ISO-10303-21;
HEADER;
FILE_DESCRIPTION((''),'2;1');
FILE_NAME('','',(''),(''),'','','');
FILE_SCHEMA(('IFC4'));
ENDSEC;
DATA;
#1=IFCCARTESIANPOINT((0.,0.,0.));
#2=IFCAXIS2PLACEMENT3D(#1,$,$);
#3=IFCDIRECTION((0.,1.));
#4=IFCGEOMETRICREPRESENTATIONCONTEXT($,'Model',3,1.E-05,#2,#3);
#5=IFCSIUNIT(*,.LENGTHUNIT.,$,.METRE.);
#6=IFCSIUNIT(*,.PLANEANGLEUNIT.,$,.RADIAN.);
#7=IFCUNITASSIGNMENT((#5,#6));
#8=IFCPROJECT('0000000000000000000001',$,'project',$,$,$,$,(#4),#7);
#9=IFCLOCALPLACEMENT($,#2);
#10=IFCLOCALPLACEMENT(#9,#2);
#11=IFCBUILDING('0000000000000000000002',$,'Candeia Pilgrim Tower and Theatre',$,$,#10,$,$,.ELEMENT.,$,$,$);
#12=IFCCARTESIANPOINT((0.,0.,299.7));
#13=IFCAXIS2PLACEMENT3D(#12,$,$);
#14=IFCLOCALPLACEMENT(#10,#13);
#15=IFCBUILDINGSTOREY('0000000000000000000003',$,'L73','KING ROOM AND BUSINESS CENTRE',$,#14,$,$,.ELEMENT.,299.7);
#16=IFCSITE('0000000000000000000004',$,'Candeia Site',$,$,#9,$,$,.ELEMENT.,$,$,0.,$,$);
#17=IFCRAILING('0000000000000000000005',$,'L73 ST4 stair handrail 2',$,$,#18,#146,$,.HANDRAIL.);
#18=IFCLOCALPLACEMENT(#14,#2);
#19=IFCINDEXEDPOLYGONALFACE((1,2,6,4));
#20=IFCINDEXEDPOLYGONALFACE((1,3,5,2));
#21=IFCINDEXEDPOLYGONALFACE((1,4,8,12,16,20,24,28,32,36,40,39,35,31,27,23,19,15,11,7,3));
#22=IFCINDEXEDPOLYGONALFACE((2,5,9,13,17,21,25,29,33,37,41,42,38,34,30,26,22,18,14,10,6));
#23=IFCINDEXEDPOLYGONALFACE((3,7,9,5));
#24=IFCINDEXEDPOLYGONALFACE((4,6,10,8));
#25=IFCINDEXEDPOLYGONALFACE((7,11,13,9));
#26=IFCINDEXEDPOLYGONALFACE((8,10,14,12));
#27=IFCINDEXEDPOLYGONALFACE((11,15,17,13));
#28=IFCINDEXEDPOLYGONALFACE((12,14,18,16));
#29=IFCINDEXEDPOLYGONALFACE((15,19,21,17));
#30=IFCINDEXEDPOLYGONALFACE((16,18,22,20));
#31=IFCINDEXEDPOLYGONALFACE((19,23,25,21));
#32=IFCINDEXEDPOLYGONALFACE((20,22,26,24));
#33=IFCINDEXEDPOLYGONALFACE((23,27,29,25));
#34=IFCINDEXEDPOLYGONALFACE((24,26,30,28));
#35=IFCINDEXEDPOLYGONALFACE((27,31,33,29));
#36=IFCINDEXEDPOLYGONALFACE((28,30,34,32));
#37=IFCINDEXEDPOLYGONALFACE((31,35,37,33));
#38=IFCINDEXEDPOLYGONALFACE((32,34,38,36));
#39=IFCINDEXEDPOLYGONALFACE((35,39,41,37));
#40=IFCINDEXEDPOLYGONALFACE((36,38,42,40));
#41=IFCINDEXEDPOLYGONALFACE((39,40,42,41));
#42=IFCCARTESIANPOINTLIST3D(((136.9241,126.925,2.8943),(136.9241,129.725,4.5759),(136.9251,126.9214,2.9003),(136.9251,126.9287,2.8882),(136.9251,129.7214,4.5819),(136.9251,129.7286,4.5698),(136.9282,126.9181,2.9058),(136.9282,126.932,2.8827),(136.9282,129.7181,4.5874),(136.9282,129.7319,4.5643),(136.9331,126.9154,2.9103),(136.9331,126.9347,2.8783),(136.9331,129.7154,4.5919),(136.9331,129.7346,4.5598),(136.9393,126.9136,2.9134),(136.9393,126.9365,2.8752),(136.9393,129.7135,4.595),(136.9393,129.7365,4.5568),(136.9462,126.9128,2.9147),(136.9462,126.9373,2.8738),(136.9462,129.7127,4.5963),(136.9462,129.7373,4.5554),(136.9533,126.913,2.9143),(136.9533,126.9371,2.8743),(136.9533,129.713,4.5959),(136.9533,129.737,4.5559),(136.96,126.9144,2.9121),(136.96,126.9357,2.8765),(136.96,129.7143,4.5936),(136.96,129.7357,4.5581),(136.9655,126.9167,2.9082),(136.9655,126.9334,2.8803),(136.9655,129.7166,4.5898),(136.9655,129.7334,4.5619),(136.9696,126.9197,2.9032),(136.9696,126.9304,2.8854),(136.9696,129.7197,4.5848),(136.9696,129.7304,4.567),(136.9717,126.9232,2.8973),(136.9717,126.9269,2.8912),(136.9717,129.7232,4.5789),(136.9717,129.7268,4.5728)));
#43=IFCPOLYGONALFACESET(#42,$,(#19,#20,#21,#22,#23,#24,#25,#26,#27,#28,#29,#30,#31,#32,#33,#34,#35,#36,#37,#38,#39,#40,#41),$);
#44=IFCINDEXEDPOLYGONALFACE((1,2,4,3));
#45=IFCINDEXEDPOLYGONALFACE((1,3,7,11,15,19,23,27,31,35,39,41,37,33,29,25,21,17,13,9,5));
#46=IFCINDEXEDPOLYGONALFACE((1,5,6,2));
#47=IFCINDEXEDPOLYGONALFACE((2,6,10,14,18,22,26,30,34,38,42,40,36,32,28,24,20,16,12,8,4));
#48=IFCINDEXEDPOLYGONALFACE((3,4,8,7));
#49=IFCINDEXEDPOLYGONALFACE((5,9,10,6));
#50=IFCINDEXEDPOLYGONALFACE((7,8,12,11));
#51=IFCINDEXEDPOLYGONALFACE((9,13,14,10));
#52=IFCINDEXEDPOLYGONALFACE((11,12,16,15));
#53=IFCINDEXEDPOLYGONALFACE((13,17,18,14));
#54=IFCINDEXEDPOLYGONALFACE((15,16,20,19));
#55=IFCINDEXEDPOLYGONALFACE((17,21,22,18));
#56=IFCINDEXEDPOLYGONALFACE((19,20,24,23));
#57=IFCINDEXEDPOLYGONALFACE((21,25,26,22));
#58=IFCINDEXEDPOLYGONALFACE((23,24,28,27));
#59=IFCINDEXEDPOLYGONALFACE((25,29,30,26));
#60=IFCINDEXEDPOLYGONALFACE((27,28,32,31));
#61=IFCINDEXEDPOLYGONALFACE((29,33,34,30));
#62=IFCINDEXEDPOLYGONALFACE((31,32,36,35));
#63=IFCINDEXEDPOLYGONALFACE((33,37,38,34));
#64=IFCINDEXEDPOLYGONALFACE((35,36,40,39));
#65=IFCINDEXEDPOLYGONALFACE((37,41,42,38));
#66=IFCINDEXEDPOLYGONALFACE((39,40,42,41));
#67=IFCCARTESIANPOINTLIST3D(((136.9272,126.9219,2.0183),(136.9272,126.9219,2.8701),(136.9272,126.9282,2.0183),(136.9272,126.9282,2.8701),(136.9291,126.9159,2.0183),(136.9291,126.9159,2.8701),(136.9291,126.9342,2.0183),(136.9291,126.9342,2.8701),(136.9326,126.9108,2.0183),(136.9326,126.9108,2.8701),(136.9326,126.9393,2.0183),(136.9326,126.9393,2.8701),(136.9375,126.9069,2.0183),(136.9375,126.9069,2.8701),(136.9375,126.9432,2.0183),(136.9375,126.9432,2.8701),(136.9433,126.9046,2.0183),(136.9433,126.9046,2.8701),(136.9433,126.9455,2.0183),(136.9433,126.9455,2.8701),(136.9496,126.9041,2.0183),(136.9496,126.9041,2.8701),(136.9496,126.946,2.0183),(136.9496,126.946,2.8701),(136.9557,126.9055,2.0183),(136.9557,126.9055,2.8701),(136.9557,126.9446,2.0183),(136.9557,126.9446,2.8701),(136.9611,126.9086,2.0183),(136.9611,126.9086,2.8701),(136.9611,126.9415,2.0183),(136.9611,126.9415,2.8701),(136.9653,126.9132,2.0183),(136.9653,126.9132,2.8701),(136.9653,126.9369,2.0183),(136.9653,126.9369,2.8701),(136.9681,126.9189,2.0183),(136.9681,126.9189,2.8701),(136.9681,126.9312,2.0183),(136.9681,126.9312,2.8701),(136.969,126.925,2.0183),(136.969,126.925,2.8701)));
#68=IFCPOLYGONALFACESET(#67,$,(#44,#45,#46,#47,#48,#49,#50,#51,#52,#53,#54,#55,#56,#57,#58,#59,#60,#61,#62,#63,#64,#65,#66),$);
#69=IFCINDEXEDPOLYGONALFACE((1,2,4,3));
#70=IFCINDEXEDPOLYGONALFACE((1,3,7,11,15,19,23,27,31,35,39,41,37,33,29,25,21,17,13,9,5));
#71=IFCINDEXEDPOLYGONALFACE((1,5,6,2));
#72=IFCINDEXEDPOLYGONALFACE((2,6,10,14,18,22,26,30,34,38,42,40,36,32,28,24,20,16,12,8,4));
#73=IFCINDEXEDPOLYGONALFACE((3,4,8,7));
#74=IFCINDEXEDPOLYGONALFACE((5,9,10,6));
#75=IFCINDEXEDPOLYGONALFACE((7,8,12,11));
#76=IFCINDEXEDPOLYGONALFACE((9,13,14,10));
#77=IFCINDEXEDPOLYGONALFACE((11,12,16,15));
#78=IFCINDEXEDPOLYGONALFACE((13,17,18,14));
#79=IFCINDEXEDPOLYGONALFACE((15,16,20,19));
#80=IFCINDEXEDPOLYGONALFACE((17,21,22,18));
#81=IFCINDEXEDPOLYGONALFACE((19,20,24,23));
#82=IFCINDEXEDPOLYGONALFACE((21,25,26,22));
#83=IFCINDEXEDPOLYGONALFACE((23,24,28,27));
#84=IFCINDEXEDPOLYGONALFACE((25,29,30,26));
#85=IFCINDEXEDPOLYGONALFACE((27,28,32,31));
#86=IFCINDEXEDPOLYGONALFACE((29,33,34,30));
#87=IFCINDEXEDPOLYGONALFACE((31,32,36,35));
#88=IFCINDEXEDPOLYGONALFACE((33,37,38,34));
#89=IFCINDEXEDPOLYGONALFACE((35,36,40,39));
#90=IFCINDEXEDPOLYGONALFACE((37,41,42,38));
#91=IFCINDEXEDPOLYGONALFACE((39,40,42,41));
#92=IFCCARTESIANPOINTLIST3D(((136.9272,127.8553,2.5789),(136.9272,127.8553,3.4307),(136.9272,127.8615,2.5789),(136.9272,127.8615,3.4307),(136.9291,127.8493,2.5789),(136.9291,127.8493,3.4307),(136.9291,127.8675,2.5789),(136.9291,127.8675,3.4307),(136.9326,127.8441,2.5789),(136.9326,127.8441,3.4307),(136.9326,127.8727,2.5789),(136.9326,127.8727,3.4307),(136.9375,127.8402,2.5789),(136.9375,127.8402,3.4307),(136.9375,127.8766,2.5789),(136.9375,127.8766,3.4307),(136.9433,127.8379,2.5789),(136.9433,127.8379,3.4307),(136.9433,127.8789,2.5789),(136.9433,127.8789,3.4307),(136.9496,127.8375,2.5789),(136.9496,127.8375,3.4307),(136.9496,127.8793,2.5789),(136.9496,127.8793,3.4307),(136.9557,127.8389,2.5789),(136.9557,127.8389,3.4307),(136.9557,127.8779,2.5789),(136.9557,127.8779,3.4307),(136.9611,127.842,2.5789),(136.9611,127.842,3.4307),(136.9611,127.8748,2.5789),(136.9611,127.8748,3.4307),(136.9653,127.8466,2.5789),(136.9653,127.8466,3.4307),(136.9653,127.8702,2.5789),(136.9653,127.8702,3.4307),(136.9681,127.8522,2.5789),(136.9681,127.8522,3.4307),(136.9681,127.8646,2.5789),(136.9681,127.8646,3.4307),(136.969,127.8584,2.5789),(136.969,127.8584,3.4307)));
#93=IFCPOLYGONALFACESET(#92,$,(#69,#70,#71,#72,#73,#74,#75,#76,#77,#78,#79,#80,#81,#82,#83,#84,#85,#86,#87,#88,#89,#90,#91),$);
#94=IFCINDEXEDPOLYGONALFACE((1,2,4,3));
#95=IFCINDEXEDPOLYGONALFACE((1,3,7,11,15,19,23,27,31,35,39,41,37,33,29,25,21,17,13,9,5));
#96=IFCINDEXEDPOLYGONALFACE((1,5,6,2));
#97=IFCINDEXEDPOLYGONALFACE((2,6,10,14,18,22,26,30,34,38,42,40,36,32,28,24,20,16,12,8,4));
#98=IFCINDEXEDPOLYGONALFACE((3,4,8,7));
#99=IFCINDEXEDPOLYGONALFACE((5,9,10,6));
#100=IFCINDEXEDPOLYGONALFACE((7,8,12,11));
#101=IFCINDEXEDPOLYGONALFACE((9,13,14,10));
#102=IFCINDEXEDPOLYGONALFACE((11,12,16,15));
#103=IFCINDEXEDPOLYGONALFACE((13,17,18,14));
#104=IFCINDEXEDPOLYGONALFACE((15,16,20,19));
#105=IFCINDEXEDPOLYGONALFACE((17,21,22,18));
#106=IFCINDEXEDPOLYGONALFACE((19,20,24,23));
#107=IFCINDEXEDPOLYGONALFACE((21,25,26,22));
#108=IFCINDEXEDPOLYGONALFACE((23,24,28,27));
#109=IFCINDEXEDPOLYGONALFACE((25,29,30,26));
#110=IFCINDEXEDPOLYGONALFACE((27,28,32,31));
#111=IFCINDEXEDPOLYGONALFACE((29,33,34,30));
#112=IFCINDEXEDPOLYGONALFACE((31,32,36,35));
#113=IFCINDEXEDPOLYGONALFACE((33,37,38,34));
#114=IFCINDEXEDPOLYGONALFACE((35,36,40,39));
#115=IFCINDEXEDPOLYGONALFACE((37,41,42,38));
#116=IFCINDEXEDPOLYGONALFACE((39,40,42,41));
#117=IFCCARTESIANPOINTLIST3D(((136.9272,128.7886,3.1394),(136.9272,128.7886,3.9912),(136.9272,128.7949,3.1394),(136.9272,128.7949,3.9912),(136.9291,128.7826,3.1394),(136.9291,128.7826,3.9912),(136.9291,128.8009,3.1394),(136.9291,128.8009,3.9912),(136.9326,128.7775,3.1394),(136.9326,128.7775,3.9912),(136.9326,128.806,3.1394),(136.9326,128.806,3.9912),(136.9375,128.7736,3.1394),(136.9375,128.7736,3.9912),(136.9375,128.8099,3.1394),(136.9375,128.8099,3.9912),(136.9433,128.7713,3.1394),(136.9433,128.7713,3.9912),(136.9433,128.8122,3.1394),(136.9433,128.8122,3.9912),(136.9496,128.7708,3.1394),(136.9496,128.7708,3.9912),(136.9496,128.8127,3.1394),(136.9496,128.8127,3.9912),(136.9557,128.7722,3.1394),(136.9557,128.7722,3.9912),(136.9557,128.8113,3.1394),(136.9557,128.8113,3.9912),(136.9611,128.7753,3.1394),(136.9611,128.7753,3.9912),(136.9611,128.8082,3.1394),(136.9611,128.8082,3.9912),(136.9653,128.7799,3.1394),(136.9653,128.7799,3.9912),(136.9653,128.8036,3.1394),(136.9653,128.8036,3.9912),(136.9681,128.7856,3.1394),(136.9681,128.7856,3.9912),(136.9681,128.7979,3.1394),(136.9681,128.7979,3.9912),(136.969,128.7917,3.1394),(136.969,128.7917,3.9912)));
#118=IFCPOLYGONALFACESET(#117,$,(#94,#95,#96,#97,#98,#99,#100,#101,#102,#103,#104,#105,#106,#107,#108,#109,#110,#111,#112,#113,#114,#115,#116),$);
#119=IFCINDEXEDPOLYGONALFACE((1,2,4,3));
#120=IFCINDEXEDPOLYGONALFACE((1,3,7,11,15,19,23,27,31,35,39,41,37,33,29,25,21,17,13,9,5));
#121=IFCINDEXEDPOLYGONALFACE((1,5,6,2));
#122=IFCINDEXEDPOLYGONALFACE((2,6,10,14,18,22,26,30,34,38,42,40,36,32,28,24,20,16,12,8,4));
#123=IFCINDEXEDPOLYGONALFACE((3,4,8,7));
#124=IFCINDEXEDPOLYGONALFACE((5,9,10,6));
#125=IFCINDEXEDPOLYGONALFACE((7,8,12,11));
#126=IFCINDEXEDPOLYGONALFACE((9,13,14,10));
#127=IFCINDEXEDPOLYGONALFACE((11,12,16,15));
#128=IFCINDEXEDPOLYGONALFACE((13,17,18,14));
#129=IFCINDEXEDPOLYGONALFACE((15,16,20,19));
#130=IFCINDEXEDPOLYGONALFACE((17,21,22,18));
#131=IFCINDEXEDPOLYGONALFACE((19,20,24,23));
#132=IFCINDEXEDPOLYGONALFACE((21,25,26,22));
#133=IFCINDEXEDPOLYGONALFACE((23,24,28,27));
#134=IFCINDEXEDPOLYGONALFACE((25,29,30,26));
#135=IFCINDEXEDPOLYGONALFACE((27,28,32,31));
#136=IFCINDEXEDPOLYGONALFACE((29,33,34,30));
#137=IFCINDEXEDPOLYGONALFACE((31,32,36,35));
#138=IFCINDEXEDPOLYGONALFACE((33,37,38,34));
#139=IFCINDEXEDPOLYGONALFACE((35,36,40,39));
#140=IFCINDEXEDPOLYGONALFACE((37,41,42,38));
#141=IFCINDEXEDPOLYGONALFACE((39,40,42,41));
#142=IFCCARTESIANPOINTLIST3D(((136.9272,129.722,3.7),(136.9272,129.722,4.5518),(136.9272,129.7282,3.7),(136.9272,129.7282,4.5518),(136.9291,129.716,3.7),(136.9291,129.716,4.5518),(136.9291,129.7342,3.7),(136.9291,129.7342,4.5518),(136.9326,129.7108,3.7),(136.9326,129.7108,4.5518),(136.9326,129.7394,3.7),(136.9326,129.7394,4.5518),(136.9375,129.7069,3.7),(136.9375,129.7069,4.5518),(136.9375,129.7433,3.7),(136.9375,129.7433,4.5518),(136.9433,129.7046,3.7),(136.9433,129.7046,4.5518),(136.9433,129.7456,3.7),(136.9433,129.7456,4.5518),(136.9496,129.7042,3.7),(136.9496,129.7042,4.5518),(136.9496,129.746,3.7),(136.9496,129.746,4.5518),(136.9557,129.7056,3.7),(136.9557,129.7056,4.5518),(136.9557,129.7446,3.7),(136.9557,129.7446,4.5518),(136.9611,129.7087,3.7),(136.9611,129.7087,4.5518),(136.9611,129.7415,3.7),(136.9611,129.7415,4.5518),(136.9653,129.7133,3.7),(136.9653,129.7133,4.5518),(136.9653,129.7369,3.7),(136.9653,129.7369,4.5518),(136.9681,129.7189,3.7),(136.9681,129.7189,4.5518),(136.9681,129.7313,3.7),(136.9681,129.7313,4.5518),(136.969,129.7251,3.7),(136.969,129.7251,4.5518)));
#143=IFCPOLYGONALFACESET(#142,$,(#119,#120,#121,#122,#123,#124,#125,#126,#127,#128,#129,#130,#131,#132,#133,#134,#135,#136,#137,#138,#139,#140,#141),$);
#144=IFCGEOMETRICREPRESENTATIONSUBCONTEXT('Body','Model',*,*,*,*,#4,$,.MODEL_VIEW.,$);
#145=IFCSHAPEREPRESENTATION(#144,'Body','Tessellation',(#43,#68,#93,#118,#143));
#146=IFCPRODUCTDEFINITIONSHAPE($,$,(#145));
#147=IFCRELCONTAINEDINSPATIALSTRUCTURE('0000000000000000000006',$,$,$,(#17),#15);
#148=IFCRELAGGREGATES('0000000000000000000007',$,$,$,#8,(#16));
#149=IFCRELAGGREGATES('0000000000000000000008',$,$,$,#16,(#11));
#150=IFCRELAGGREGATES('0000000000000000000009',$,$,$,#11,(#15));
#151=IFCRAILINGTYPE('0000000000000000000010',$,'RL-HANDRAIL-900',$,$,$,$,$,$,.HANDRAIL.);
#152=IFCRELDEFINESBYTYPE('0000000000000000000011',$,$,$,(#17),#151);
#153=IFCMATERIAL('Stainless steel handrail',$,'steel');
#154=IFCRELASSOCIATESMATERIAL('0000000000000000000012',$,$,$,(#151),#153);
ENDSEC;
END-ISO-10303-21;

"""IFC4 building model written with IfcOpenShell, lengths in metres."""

from ifc_helpers import new_model, si_unit, direction, frame, origin, origin_2d, place, context, subcontext, project, spatial, circle, extrude, material, type_object, element, save


model = new_model("IFC4")

# Units and contexts
model_context = context("Model", 3, precision=1e-05, world=origin(), true_north=direction((0.0, 1.0)))
body_context = subcontext(model_context, "Body", "Model", "MODEL_VIEW")
ifc_project = project(units=[si_unit("LENGTHUNIT", "METRE"), si_unit("PLANEANGLEUNIT", "RADIAN")], contexts=[model_context])

# Site, building, storey
site_placement = place(None, origin())
site = spatial("IfcSite", under=ifc_project, at=site_placement, Name="Candeia Site", CompositionType="ELEMENT", RefElevation=0.0)
building_placement = place(site_placement, origin())
building = spatial("IfcBuilding", under=site, at=building_placement, Name="Candeia Pilgrim Tower and Theatre", CompositionType="ELEMENT")
storey_placement = place(building_placement, frame((0.0, 0.0, 299.7)))
storey = spatial("IfcBuildingStorey", under=building, at=storey_placement, Name="L73", Description="KING ROOM AND BUSINESS CENTRE", CompositionType="ELEMENT", Elevation=299.7)

# Railing
ifc_material_1 = material(Name="Stainless steel handrail", Category="steel")
railing_type_1 = type_object("IfcRailingType", Name="RL-HANDRAIL-900", PredefinedType="HANDRAIL", material=ifc_material_1)
for number, where, name in (
    (1, (136.948, 126.925, 2.0183), "L73 ST4 stair handrail 2"),
):
    element("IfcRailing", number, at=place(storey_placement, frame(where)), inside=storey, type_object=railing_type_1, Name=name, PredefinedType="HANDRAIL", context=body_context, shape_type="SweptSolid", body=[
        extrude(circle(Radius=0.0239, at=origin_2d()), frame((0.0, 0.0, 0.876), z_axis=(0.0, 0.857275, 0.514858), x_axis=(-1.0, 0.0, 0.0)), (0.0, 0.0, 1.0), 3.2661),
        extrude(circle(Radius=0.021, at=origin_2d()), origin(), (0.0, 0.0, 1.0), 0.8518),
        extrude(circle(Radius=0.021, at=origin_2d()), frame((0.0, 0.9333, 0.5605)), (0.0, 0.0, 1.0), 0.8518),
        extrude(circle(Radius=0.021, at=origin_2d()), frame((0.0, 1.8667, 1.1211)), (0.0, 0.0, 1.0), 0.8518),
        extrude(circle(Radius=0.021, at=origin_2d()), frame((0.0, 2.8, 1.6816)), (0.0, 0.0, 1.0), 0.8518),
    ])

save(model, "model.ifc")
